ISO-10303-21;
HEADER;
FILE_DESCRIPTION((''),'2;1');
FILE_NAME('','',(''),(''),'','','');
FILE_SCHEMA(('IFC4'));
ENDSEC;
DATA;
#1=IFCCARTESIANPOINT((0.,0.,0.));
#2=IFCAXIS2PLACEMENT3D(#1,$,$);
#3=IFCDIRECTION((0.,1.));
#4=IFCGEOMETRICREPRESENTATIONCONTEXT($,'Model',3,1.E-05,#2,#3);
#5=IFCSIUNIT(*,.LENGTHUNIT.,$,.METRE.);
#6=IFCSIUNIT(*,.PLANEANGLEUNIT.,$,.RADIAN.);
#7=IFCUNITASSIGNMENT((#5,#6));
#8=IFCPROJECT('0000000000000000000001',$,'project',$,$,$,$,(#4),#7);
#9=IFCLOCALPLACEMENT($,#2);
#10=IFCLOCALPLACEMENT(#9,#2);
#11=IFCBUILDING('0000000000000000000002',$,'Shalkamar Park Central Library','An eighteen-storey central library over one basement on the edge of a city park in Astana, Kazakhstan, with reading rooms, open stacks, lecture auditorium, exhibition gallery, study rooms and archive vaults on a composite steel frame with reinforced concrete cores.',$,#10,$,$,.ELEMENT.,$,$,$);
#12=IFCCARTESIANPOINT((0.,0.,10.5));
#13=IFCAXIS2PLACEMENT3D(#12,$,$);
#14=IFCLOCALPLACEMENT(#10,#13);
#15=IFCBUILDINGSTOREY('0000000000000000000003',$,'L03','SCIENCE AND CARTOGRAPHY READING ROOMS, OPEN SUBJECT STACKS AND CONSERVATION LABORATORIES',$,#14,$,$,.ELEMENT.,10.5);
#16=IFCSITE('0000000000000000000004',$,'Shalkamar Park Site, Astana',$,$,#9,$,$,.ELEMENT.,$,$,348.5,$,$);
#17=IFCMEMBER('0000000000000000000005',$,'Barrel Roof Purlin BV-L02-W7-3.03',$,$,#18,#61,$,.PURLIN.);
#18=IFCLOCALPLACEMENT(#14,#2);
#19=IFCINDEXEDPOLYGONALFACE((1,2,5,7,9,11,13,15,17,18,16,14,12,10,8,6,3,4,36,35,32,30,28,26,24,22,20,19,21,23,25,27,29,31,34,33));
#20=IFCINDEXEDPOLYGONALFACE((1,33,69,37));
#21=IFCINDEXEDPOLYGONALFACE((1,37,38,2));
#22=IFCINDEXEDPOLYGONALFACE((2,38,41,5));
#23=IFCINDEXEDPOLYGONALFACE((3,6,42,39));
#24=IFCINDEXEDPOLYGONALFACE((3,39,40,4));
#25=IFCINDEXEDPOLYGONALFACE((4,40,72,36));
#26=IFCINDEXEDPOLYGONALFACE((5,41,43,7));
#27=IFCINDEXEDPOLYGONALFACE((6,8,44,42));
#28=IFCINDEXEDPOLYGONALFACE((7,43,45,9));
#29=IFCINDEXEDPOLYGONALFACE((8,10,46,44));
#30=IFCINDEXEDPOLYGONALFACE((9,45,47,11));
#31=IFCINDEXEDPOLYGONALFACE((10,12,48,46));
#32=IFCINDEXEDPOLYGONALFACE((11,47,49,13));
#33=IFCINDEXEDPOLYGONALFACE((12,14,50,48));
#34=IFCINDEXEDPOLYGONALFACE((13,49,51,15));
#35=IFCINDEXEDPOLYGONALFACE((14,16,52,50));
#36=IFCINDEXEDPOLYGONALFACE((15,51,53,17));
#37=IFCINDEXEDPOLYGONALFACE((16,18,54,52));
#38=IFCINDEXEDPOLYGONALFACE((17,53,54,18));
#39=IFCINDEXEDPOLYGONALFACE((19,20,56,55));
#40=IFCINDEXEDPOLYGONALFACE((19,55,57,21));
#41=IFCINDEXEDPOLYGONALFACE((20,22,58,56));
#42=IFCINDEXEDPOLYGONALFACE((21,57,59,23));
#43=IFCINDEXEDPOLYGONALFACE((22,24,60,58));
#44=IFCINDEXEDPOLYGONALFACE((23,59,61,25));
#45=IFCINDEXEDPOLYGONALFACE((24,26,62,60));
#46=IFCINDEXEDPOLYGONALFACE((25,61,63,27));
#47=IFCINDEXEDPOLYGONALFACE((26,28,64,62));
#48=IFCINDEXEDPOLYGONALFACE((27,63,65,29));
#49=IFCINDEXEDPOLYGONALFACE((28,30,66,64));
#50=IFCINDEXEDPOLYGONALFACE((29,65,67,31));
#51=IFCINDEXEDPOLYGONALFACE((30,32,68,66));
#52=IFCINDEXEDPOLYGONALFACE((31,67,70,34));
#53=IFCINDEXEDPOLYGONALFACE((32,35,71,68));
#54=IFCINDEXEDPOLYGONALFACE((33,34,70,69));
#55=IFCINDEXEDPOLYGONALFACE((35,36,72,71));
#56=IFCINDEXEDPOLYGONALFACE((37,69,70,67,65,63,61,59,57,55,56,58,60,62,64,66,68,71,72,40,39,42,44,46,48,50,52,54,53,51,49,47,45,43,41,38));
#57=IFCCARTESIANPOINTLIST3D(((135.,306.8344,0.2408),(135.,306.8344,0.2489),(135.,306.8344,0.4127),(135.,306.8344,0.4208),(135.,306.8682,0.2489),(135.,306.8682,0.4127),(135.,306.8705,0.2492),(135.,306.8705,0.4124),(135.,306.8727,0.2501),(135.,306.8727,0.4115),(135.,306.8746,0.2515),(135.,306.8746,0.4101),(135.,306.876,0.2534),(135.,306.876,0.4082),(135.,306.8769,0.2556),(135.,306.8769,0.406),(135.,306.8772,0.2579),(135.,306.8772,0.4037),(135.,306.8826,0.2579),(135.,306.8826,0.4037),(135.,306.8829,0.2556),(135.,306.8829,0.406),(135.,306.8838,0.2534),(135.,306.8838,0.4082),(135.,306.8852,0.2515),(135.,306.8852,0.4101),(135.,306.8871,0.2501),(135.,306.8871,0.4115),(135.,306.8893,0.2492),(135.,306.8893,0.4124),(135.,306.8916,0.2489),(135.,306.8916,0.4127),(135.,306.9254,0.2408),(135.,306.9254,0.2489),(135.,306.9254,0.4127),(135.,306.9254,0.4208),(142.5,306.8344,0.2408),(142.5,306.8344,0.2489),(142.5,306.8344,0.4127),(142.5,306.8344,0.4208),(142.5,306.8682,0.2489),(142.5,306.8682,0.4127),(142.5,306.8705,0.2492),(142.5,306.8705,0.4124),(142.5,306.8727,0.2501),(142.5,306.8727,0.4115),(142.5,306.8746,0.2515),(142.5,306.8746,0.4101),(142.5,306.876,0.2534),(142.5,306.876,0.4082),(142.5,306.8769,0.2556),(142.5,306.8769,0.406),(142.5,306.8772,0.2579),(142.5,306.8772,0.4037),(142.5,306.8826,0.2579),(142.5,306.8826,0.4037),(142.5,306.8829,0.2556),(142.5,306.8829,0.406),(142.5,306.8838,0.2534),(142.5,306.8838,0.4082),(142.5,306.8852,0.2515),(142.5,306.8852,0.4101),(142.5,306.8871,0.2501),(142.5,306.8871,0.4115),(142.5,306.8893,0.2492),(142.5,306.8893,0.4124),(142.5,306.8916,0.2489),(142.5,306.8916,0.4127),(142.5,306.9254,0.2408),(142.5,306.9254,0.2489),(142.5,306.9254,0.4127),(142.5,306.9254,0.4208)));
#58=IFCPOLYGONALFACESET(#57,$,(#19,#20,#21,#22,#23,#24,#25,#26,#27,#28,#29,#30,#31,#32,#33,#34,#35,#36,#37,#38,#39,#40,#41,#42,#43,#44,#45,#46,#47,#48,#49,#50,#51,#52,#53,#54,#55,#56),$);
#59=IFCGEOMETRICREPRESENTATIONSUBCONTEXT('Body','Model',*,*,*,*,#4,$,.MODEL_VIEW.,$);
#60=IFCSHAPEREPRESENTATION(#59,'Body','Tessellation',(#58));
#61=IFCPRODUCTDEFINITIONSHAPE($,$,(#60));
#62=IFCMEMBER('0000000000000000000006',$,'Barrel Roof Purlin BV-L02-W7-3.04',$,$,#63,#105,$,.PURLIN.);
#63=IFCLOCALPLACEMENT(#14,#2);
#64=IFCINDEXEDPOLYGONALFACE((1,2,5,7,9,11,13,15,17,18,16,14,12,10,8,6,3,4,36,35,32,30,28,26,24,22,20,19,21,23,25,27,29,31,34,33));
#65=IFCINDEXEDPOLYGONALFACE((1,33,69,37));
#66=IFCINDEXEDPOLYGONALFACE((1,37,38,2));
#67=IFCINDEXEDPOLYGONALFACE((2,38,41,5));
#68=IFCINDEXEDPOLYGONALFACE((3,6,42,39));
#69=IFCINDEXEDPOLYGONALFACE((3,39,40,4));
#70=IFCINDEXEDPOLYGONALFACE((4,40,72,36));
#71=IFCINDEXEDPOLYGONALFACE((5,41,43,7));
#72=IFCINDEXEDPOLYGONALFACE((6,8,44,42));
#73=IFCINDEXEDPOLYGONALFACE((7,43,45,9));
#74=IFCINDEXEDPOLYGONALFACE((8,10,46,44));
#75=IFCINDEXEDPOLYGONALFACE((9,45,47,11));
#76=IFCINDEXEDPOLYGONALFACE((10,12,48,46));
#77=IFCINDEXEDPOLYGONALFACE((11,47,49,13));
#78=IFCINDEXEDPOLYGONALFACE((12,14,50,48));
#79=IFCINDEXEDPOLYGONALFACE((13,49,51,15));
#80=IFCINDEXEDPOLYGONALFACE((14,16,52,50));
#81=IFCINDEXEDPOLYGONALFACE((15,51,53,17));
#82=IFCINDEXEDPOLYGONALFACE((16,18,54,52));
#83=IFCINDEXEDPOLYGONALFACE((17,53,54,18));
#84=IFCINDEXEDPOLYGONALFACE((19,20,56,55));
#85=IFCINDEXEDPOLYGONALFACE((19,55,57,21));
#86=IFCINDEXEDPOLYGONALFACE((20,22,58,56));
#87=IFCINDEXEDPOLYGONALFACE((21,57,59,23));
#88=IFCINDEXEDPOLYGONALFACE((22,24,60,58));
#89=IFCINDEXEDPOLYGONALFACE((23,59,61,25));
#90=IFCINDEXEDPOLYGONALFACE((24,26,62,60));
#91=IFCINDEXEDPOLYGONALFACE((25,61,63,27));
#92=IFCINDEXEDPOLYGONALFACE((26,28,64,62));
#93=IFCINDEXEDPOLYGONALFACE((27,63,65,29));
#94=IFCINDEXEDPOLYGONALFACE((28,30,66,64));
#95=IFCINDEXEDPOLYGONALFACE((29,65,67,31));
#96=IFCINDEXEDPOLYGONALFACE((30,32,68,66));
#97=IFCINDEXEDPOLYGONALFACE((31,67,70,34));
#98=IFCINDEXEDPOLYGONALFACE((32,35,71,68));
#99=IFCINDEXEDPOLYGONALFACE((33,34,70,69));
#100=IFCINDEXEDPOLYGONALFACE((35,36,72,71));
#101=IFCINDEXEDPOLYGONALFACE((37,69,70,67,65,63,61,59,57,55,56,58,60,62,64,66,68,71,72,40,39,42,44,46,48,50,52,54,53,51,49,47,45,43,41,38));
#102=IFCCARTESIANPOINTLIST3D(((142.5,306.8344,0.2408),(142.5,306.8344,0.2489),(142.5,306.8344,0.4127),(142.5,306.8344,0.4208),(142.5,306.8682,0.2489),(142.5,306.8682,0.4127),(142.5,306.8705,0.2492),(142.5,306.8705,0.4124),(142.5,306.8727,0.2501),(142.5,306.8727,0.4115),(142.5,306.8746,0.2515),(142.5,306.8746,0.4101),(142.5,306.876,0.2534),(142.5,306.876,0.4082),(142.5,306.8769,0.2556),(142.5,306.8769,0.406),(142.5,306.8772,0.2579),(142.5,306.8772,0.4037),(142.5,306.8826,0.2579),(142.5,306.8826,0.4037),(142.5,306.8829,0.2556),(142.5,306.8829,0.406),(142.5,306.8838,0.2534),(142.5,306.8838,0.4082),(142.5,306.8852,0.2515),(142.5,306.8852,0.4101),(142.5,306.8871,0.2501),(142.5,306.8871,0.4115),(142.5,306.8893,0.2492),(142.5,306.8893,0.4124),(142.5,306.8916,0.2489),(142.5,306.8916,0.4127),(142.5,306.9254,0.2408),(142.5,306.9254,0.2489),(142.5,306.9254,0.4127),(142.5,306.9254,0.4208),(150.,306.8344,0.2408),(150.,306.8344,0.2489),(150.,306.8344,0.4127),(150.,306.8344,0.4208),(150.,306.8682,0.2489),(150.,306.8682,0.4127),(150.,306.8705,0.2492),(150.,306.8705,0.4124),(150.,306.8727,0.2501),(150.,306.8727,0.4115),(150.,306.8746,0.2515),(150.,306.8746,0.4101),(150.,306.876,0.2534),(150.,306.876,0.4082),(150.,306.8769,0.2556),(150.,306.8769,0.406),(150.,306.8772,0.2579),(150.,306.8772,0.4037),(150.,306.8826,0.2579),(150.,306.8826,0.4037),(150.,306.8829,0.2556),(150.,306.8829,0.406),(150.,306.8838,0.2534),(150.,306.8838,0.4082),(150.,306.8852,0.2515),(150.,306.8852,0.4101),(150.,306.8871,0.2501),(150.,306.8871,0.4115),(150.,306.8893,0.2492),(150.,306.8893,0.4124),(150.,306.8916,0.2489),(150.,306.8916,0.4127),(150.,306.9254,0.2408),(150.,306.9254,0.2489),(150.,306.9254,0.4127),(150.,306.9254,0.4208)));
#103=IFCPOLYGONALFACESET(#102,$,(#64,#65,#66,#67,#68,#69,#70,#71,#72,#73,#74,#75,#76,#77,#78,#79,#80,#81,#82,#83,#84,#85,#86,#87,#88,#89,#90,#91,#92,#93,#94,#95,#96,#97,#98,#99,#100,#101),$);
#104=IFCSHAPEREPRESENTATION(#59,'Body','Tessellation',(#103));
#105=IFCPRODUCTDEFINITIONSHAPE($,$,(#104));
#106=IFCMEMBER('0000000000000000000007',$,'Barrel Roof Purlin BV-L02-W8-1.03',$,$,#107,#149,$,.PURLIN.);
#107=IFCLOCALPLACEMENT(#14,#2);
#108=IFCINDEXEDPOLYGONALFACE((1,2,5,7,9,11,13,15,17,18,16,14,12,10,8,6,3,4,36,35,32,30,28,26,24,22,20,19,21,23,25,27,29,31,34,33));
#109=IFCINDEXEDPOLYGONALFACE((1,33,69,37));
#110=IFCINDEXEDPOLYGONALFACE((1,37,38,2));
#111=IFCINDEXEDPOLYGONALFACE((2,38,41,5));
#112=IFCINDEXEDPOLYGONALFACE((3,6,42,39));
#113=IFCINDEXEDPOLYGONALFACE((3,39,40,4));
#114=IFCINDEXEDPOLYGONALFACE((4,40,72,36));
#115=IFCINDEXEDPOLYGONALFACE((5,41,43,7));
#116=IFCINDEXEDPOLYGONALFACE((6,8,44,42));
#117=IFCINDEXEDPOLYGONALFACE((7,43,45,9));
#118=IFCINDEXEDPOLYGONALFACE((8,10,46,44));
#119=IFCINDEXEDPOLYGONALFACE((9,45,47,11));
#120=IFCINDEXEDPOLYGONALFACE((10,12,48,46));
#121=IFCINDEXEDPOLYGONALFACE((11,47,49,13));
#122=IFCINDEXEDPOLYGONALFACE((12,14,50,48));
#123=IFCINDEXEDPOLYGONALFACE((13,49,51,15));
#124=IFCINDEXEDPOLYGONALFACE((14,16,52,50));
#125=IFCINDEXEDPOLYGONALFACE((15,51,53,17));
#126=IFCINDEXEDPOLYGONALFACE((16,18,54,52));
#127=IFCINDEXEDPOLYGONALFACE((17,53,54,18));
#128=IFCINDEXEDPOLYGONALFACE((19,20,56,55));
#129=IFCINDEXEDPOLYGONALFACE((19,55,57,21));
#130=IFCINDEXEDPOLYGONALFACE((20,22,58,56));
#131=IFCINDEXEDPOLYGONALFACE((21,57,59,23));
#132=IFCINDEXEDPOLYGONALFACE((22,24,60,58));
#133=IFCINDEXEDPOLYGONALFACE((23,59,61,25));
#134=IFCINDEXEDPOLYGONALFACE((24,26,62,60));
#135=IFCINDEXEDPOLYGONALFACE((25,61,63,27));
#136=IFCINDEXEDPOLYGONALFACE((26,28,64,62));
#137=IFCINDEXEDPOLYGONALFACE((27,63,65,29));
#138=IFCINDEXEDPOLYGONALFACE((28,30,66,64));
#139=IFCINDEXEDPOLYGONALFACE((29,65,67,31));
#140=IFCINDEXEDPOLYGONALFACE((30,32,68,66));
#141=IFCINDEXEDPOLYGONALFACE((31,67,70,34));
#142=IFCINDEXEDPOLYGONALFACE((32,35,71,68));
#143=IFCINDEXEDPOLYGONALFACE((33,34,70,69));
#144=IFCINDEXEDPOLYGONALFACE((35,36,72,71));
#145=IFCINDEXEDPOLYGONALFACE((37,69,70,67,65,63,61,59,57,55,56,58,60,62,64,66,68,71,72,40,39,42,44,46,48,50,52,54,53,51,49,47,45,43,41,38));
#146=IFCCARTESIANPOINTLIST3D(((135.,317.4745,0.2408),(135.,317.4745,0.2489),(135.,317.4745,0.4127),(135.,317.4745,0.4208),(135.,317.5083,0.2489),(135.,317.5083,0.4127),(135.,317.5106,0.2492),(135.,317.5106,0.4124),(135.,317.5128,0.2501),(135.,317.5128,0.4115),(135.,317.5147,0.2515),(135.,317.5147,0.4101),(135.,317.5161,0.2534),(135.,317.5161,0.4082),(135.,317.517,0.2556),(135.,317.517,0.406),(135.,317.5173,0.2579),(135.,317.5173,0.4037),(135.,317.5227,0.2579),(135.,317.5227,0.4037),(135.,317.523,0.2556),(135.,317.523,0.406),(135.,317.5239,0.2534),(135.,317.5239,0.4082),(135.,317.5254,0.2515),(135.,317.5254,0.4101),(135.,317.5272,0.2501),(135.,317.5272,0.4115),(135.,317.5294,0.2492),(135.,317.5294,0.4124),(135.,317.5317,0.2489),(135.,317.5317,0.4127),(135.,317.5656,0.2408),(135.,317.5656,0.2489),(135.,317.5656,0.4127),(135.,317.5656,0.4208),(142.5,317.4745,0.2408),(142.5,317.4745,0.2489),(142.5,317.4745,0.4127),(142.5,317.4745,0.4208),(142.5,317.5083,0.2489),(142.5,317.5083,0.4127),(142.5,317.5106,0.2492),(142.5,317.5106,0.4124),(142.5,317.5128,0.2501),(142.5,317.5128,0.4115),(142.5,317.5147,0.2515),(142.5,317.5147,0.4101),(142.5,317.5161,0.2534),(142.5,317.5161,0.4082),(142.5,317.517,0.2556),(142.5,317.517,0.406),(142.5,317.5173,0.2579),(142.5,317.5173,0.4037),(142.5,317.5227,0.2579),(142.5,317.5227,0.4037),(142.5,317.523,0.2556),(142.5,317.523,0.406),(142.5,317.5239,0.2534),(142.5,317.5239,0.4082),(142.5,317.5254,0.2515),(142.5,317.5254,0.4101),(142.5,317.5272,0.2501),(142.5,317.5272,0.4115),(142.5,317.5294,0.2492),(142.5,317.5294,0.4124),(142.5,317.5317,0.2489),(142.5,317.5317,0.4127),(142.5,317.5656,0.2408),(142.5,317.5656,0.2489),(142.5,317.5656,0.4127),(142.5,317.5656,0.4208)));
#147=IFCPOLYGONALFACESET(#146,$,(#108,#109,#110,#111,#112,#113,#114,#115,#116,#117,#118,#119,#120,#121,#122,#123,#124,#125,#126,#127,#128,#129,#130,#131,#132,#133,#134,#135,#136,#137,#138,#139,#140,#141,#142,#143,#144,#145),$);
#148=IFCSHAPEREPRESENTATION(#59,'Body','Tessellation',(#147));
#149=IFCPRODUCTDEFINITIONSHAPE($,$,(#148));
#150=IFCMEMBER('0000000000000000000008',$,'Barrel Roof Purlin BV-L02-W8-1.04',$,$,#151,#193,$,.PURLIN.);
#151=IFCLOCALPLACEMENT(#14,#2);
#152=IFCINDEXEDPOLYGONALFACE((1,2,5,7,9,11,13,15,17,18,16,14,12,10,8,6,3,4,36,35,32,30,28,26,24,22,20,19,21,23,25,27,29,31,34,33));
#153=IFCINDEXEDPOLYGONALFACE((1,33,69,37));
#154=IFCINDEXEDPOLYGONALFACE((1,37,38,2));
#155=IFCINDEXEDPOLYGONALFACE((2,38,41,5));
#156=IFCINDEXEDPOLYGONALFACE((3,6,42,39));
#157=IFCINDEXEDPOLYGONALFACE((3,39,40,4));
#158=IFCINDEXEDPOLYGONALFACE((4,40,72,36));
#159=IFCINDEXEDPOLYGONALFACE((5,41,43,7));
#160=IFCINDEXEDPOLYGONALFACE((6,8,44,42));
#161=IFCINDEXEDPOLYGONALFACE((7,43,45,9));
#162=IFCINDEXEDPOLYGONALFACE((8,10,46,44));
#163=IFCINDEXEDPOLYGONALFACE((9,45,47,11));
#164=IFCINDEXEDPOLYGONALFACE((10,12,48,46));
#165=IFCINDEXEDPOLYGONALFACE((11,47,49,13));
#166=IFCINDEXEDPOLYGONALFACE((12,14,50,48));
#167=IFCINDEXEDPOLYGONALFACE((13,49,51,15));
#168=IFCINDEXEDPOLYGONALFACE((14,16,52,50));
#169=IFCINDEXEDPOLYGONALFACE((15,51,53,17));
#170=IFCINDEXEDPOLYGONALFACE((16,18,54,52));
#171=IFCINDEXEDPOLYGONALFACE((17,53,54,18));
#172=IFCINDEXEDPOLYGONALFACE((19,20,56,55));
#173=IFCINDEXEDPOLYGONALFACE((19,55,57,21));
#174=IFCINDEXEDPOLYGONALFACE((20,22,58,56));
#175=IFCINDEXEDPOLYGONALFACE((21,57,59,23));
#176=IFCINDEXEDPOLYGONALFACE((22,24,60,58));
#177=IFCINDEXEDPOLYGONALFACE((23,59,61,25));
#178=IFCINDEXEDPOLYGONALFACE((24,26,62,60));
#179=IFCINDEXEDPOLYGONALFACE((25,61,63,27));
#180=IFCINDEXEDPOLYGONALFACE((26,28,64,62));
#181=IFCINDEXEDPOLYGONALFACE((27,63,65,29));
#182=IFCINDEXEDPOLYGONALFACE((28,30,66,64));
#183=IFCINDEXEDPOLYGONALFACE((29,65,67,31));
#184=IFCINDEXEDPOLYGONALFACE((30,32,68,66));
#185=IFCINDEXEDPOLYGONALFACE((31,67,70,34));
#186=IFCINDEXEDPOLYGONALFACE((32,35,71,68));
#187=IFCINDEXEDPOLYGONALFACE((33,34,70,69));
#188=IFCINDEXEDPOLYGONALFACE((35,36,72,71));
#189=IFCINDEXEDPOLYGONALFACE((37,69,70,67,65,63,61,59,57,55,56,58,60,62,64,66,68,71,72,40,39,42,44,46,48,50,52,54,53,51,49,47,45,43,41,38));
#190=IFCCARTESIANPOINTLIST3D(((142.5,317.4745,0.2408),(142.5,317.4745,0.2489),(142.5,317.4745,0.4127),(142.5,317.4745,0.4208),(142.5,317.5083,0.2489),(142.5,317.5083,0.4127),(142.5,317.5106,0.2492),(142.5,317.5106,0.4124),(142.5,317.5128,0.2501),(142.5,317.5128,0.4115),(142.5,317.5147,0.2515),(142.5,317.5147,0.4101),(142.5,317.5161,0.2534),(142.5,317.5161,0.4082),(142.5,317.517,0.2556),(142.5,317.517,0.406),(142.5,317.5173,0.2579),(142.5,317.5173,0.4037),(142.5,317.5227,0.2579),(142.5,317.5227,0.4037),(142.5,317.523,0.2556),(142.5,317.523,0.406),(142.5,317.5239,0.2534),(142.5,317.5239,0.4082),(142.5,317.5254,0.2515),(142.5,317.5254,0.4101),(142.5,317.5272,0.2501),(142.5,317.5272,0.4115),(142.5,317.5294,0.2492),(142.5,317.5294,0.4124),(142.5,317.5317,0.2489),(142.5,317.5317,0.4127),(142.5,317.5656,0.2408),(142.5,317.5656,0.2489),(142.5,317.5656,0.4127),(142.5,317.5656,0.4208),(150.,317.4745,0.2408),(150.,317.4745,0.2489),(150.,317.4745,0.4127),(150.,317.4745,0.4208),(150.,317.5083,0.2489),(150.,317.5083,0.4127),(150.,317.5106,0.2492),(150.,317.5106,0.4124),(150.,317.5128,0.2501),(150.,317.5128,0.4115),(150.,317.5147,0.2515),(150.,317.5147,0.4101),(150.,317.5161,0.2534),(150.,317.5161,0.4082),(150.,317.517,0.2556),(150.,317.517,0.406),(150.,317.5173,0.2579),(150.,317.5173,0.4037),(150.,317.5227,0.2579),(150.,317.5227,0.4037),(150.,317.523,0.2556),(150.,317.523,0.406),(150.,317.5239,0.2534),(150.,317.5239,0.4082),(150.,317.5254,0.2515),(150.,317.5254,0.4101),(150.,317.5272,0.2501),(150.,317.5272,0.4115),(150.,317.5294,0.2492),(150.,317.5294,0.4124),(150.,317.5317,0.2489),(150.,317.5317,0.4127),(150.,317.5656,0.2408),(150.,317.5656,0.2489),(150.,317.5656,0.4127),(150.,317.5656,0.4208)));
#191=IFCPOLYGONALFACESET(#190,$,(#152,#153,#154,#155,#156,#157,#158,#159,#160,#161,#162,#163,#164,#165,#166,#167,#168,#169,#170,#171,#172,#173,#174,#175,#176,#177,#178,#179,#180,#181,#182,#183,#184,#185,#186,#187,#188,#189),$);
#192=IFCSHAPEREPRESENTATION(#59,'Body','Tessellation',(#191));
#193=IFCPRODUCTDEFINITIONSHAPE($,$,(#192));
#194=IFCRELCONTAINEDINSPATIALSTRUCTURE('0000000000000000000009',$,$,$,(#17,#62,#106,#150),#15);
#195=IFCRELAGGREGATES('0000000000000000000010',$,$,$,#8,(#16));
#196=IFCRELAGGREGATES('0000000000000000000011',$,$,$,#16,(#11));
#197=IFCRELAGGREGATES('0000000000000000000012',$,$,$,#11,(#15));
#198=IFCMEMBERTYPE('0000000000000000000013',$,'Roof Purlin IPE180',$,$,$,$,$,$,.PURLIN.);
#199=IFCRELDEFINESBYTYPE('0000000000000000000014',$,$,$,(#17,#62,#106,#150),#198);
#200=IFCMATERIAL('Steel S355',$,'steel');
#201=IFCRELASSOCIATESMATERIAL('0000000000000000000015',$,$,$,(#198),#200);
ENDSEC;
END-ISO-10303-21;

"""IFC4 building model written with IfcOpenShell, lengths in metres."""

from ifc_helpers import new_model, si_unit, direction, frame, origin, origin_2d, place, context, subcontext, project, spatial, i_section, extrude, material, material_profile, profile_set, type_object, element, save


model = new_model("IFC4")

# Units and contexts
model_context = context("Model", 3, precision=1e-05, world=origin(), true_north=direction((0.0, 1.0)))
body_context = subcontext(model_context, "Body", "Model", "MODEL_VIEW")
ifc_project = project(units=[si_unit("LENGTHUNIT", "METRE"), si_unit("PLANEANGLEUNIT", "RADIAN")], contexts=[model_context])

# Site, building, storey
site_placement = place(None, origin())
site = spatial("IfcSite", under=ifc_project, at=site_placement, Name="Shalkamar Park Site, Astana", CompositionType="ELEMENT", RefElevation=348.5)
building_placement = place(site_placement, origin())
building = spatial("IfcBuilding", under=site, at=building_placement, Name="Shalkamar Park Central Library", Description="An eighteen-storey central library over one basement on the edge of a city park in Astana, Kazakhstan, with reading rooms, open stacks, lecture auditorium, exhibition gallery, study rooms and archive vaults on a composite steel frame with reinforced concrete cores.", CompositionType="ELEMENT")
storey_placement = place(building_placement, frame((0.0, 0.0, 10.5)))
storey = spatial("IfcBuildingStorey", under=building, at=storey_placement, Name="L03", Description="SCIENCE AND CARTOGRAPHY READING ROOMS, OPEN SUBJECT STACKS AND CONSERVATION LABORATORIES", CompositionType="ELEMENT", Elevation=10.5)

# Shared definitions
ifc_material_1 = material(Name="Steel S355", Category="steel")

# Members
ifc_material_profile_1 = material_profile(ifc_material_1, i_section(OverallWidth=0.0911, OverallDepth=0.1799, WebThickness=0.0054, FlangeThickness=0.0081, FilletRadius=0.009, at=origin_2d()), Name="IPE 180")
ifc_profile_set_1 = profile_set([ifc_material_profile_1], Name="Steel S355")
member_type_1 = type_object("IfcMemberType", Name="Roof Purlin IPE180", PredefinedType="PURLIN", material=ifc_profile_set_1)
for number, where, z_axis, x_axis, name in (
    (1, (135.0, 306.8799, 0.3308), (1.0, 0.0, 0.0), (0.0, 1.0, 0.0), "Barrel Roof Purlin BV-L02-W7-3.03"),
    (2, (142.5, 306.8799, 0.3308), (1.0, 0.0, 0.0), (0.0, 1.0, 0.0), "Barrel Roof Purlin BV-L02-W7-3.04"),
    (3, (135.0, 317.52, 0.3308), (1.0, 0.0, 0.0), (0.0, 1.0, 0.0), "Barrel Roof Purlin BV-L02-W8-1.03"),
    (4, (142.5, 317.52, 0.3308), (1.0, 0.0, 0.0), (0.0, 1.0, 0.0), "Barrel Roof Purlin BV-L02-W8-1.04"),
):
    element("IfcMember", number, at=place(storey_placement, frame(where, z_axis=z_axis, x_axis=x_axis)), inside=storey, type_object=member_type_1, Name=name, PredefinedType="PURLIN", context=body_context, shape_type="SweptSolid", body=[
        extrude(i_section(OverallWidth=0.0911, OverallDepth=0.1799, WebThickness=0.0054, FlangeThickness=0.0081, FilletRadius=0.009, at=origin_2d()), origin(), (0.0, 0.0, 1.0), 7.5),
    ])

save(model, "model.ifc")
